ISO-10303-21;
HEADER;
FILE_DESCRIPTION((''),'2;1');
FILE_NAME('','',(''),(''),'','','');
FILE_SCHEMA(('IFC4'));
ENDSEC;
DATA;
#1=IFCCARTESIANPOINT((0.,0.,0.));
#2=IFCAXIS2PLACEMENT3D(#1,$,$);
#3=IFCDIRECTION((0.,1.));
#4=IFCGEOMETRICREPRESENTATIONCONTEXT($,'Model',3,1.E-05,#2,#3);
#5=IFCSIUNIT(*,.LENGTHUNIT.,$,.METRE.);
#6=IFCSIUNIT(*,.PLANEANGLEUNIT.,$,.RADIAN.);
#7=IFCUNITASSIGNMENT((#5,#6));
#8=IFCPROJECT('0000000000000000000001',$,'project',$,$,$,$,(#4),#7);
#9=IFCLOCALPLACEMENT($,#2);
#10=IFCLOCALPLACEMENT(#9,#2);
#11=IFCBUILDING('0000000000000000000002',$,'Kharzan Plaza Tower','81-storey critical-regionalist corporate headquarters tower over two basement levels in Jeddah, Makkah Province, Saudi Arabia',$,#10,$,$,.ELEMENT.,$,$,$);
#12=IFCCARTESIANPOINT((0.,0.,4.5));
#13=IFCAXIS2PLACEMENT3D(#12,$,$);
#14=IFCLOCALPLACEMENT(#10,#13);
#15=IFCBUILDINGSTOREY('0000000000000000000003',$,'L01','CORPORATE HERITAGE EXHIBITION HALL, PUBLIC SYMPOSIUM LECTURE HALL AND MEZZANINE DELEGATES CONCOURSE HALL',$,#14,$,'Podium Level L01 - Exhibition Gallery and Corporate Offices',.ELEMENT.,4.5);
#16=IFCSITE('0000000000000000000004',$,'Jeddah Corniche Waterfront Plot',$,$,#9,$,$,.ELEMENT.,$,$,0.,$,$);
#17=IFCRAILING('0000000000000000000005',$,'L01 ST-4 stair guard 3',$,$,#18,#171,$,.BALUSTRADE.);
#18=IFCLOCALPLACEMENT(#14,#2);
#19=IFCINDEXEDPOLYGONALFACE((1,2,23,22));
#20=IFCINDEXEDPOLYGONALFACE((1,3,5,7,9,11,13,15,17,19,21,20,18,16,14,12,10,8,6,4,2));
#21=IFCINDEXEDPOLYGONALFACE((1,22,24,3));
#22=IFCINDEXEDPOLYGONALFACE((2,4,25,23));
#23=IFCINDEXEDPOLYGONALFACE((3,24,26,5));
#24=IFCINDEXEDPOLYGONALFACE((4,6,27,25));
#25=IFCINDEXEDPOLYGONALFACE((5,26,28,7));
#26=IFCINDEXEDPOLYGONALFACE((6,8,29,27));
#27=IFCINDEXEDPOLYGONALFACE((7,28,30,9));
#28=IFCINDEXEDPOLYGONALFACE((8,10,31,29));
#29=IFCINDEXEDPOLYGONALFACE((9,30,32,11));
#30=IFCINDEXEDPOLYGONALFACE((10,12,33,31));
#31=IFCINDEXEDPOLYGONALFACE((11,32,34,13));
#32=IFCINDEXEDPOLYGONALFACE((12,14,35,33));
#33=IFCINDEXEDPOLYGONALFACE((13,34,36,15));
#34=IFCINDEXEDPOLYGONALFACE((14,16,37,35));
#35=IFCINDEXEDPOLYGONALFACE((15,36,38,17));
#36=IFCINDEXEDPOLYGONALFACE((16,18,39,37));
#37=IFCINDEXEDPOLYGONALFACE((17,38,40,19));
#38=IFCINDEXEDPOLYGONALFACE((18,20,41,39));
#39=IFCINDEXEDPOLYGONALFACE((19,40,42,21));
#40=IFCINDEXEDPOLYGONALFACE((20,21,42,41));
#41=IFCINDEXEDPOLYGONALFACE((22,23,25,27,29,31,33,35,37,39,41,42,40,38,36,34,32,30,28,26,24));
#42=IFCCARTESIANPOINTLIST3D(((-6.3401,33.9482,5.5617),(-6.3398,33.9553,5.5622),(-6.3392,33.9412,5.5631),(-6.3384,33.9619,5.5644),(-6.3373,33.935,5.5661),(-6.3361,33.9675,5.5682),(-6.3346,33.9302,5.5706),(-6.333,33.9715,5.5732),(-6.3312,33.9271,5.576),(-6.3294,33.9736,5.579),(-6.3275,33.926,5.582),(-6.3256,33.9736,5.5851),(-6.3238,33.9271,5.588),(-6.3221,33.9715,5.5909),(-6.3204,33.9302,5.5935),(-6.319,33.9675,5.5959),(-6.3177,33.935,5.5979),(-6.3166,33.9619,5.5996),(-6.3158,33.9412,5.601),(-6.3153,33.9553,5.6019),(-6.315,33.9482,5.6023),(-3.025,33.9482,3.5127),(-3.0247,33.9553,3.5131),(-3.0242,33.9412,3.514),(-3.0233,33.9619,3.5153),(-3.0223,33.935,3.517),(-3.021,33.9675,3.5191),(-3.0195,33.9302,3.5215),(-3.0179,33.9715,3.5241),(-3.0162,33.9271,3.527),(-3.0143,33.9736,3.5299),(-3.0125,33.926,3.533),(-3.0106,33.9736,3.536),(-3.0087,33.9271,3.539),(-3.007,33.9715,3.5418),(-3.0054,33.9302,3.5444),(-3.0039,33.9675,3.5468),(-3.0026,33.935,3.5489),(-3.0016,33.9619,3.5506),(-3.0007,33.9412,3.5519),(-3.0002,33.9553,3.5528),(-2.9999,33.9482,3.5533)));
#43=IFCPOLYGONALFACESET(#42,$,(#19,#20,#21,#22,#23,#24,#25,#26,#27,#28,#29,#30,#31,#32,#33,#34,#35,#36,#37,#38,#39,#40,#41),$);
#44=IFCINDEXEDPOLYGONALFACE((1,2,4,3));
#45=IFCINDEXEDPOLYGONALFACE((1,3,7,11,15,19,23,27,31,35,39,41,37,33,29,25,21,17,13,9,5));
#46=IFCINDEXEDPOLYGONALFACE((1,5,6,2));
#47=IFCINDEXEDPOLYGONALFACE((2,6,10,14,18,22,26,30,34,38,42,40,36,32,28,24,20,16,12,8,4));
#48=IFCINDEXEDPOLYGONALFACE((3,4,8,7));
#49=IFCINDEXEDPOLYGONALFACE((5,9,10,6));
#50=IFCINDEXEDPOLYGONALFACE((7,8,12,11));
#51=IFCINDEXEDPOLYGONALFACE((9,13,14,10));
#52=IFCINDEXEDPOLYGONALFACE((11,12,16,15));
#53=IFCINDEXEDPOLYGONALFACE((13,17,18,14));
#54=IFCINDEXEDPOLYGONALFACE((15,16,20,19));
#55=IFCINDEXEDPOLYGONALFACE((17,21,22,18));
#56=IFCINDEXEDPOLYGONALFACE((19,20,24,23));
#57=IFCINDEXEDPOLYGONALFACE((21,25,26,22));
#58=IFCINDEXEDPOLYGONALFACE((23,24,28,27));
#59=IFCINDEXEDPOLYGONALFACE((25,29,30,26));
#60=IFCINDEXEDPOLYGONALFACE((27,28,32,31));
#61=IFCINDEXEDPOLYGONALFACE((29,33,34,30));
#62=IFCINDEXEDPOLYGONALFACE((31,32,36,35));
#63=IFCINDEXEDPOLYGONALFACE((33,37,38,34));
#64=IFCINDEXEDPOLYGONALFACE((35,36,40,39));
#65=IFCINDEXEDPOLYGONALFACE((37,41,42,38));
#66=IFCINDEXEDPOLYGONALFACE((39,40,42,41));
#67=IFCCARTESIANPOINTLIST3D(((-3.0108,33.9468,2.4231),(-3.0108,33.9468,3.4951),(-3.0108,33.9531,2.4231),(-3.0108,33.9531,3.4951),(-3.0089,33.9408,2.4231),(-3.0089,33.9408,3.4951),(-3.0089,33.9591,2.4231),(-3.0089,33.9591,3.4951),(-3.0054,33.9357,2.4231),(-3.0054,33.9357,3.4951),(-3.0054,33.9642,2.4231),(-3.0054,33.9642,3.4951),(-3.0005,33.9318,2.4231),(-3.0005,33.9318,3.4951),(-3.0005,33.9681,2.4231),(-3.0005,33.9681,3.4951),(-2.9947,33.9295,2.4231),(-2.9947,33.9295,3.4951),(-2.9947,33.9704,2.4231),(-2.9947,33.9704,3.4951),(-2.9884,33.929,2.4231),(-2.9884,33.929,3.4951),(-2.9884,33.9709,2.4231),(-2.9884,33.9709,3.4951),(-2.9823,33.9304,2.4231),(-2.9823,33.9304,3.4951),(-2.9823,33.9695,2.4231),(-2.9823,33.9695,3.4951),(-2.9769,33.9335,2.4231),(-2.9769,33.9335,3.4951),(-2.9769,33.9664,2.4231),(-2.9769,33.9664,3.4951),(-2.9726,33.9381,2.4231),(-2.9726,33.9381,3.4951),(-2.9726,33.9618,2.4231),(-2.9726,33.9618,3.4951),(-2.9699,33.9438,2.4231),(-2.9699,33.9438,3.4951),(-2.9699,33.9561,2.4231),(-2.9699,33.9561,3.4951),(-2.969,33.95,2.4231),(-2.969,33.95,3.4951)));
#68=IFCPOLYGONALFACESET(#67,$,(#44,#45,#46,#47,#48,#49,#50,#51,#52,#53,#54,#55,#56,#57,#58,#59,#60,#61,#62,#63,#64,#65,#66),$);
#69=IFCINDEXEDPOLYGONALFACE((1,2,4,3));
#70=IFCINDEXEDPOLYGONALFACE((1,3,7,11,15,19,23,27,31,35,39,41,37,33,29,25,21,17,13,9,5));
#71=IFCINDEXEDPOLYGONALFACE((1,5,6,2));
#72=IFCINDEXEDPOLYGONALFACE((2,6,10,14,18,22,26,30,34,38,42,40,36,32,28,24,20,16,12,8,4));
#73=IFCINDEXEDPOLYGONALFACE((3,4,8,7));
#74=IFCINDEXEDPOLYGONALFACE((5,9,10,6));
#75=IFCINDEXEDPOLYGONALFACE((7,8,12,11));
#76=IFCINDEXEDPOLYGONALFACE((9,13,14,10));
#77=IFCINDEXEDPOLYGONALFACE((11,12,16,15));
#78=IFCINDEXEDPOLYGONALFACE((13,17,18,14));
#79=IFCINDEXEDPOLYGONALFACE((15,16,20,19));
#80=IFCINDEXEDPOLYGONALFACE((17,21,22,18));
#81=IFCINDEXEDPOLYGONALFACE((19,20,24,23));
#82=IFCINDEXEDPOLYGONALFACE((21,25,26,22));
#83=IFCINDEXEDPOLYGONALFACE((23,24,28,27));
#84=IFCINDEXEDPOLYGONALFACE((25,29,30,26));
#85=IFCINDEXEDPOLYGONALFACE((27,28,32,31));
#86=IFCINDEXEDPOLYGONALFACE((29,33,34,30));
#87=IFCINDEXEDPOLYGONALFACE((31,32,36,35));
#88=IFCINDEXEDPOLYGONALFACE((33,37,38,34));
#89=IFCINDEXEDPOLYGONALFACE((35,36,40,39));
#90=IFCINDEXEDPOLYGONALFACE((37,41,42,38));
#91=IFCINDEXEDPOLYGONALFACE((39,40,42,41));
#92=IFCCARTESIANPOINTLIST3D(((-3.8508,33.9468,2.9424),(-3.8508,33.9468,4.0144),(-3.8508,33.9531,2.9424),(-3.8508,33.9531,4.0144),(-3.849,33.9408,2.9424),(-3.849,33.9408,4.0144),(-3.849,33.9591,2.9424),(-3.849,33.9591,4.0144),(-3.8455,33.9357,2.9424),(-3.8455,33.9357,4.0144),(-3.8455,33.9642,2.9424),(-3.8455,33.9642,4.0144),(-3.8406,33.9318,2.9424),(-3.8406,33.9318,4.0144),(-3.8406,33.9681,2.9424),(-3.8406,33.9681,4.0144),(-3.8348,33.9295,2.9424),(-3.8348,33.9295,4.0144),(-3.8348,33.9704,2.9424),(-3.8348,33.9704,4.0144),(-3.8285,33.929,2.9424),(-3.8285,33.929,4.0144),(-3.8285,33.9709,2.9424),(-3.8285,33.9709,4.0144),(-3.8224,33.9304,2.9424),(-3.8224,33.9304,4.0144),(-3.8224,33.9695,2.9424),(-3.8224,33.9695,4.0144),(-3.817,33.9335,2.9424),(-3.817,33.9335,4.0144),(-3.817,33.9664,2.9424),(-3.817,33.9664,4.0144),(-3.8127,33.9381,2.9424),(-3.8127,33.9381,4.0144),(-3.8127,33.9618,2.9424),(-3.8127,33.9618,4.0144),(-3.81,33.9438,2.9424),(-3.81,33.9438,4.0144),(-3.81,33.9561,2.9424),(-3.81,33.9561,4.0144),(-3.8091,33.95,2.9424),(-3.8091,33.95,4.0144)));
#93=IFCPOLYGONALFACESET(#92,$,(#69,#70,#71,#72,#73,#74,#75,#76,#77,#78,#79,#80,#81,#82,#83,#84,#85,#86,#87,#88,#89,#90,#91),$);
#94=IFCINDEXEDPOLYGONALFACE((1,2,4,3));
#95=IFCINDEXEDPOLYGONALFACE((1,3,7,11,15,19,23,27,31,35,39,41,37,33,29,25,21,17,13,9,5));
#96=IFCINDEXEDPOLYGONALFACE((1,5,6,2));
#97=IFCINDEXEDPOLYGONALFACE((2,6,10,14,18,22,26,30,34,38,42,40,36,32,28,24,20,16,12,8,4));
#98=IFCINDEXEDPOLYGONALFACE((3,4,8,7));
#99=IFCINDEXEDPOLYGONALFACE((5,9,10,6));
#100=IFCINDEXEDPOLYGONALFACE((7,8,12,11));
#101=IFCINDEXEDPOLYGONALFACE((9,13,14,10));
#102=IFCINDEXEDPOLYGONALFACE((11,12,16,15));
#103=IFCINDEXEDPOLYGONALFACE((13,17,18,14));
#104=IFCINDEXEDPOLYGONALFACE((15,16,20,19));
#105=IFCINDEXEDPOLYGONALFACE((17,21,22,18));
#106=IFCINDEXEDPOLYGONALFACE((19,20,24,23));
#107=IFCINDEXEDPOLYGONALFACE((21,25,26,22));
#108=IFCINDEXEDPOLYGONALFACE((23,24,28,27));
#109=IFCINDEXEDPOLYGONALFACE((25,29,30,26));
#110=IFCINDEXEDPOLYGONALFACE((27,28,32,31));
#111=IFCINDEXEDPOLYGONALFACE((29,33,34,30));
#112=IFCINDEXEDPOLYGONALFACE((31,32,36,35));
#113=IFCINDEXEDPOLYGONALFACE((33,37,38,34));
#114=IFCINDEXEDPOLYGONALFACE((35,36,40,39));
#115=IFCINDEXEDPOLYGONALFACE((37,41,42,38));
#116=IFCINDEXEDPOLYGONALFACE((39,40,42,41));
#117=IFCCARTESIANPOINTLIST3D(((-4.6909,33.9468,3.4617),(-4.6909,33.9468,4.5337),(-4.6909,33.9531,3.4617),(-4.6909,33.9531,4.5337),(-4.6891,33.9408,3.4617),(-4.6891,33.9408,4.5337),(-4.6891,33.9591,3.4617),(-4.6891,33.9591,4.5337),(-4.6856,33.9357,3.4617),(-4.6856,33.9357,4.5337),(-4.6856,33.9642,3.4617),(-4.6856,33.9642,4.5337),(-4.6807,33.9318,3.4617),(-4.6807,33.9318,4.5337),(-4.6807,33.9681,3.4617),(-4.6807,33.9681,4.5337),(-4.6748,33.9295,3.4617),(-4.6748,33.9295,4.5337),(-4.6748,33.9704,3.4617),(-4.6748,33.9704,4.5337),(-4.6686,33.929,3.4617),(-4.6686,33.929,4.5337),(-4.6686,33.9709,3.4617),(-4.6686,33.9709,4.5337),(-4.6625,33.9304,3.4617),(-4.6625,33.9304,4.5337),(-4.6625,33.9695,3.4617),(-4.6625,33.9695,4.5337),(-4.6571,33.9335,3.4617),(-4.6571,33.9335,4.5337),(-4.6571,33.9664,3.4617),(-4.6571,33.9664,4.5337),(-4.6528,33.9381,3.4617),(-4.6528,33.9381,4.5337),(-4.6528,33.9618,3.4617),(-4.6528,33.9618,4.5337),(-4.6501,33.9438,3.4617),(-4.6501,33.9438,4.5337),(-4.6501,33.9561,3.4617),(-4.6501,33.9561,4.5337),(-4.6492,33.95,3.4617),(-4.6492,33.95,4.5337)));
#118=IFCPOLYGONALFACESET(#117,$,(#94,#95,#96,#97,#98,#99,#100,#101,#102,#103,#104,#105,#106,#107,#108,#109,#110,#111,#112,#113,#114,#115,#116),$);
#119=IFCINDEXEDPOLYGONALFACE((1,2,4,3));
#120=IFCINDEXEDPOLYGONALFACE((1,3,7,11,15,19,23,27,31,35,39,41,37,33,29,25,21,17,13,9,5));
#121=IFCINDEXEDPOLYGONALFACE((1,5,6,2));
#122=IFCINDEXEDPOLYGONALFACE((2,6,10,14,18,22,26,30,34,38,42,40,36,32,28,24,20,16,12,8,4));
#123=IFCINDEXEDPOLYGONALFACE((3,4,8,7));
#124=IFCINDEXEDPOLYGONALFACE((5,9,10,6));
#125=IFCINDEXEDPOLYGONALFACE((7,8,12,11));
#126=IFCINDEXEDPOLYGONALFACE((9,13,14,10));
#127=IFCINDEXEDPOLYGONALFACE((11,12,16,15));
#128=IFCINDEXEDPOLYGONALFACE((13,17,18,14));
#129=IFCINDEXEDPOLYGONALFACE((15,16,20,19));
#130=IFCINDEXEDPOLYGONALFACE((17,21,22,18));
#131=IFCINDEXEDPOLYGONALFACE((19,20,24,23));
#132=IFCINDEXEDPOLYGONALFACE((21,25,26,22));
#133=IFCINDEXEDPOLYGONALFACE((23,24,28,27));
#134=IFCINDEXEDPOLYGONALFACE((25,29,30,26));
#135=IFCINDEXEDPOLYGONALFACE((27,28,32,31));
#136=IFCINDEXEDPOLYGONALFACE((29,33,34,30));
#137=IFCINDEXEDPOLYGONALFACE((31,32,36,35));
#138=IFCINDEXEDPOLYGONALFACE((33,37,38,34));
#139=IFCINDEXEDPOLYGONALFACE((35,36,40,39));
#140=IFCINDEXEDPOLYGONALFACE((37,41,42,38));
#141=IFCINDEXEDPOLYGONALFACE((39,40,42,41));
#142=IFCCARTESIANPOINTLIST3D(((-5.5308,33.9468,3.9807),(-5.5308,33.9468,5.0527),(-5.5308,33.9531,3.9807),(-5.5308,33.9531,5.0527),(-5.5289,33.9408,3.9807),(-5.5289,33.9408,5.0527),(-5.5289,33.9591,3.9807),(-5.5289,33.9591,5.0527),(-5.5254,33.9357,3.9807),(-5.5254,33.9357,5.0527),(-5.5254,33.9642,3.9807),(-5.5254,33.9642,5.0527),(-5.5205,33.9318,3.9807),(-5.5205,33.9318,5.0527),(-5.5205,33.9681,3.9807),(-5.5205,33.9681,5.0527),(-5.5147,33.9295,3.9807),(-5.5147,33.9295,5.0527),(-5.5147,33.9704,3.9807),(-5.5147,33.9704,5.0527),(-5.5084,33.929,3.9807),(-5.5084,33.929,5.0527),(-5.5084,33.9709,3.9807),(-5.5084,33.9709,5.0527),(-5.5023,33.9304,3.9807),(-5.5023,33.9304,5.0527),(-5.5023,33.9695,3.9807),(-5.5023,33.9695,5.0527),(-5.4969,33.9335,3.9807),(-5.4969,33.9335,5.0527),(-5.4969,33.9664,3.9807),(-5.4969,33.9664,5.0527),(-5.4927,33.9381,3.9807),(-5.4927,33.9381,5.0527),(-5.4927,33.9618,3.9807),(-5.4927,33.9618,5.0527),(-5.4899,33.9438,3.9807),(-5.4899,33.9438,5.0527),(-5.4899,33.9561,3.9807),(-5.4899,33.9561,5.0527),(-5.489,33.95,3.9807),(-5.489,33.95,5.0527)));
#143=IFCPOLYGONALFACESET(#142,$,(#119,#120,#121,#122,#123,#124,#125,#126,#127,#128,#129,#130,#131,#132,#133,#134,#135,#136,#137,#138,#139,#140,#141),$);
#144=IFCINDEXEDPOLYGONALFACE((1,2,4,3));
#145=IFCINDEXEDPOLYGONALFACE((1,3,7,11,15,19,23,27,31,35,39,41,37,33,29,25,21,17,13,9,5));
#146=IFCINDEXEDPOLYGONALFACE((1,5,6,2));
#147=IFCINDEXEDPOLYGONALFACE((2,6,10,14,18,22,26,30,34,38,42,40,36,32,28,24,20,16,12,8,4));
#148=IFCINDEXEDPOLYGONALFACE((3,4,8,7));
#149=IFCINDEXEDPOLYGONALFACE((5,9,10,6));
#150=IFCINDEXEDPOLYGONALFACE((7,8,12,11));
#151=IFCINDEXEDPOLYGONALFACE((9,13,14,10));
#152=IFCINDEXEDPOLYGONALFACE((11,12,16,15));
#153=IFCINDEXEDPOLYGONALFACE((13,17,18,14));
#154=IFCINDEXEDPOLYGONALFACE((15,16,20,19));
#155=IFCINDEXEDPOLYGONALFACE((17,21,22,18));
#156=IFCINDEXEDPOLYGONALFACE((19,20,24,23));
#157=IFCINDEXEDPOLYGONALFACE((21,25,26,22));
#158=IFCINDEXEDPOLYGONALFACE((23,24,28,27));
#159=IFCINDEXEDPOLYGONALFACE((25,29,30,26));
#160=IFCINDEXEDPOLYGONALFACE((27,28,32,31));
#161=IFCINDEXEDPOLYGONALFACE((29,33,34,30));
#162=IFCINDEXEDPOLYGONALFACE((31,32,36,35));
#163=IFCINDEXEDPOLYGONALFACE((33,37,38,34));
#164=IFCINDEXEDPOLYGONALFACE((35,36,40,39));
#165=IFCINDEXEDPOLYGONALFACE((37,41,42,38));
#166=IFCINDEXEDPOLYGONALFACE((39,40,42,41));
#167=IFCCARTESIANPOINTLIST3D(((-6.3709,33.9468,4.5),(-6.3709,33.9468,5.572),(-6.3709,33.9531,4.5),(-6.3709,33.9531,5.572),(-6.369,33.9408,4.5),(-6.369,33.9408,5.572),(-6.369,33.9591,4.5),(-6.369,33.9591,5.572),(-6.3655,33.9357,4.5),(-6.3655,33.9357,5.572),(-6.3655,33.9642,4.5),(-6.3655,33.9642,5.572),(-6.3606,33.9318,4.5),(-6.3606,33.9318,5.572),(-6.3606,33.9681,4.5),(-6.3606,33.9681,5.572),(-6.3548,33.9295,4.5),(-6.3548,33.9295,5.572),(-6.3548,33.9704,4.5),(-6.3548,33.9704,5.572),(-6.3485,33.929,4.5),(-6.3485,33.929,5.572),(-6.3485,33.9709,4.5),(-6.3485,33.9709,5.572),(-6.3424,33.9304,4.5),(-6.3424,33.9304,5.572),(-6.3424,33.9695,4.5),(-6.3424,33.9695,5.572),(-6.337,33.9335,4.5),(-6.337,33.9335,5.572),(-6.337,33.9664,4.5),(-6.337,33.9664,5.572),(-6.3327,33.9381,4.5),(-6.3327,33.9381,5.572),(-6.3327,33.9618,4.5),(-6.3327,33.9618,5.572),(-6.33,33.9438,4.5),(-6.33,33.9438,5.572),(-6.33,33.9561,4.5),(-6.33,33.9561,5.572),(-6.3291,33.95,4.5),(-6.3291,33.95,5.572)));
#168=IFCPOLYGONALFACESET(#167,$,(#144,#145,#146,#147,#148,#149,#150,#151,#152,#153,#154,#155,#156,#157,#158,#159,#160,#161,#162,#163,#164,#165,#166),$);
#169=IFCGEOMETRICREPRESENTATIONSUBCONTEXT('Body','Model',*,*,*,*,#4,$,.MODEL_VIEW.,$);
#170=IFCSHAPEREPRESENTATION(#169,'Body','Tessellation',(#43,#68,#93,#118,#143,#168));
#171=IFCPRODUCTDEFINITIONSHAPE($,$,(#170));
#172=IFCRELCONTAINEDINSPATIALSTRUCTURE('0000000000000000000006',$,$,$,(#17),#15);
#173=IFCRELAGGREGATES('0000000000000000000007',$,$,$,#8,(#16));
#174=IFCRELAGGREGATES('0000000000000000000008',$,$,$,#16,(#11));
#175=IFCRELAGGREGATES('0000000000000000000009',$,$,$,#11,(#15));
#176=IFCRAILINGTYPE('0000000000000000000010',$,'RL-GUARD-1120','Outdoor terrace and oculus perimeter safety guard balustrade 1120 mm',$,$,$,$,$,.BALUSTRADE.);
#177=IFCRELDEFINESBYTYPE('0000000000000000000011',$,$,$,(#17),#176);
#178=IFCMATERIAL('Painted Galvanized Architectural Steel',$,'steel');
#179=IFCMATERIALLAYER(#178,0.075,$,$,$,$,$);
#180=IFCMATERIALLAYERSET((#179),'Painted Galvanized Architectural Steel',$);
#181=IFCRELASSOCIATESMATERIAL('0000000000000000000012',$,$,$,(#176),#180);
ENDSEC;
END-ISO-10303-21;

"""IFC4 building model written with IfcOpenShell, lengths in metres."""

from ifc_helpers import new_model, si_unit, direction, frame, origin, origin_2d, place, context, subcontext, project, spatial, circle, extrude, source, transform, mapped, material, layer, layer_set, type_object, element, save


model = new_model("IFC4")

# Units and contexts
model_context = context("Model", 3, precision=1e-05, world=origin(), true_north=direction((0.0, 1.0)))
body_context = subcontext(model_context, "Body", "Model", "MODEL_VIEW")
ifc_project = project(units=[si_unit("LENGTHUNIT", "METRE"), si_unit("PLANEANGLEUNIT", "RADIAN")], contexts=[model_context])

# Site, building, storey
site_placement = place(None, origin())
site = spatial("IfcSite", under=ifc_project, at=site_placement, Name="Jeddah Corniche Waterfront Plot", CompositionType="ELEMENT", RefElevation=0.0)
building_placement = place(site_placement, origin())
building = spatial("IfcBuilding", under=site, at=building_placement, Name="Kharzan Plaza Tower", Description="81-storey critical-regionalist corporate headquarters tower over two basement levels in Jeddah, Makkah Province, Saudi Arabia", CompositionType="ELEMENT")
storey_placement = place(building_placement, frame((0.0, 0.0, 4.5)))
storey = spatial("IfcBuildingStorey", under=building, at=storey_placement, Name="L01", Description="CORPORATE HERITAGE EXHIBITION HALL, PUBLIC SYMPOSIUM LECTURE HALL AND MEZZANINE DELEGATES CONCOURSE HALL", LongName="Podium Level L01 - Exhibition Gallery and Corporate Offices", CompositionType="ELEMENT", Elevation=4.5)

# Railing
ifc_material_1 = material(Name="Painted Galvanized Architectural Steel", Category="steel")
ifc_layer_1 = layer(ifc_material_1, 0.075)
ifc_layer_set_1 = layer_set([ifc_layer_1], Name="Painted Galvanized Architectural Steel")
railing_type_1 = type_object("IfcRailingType", Name="RL-GUARD-1120", Description="Outdoor terrace and oculus perimeter safety guard balustrade 1120 mm", PredefinedType="BALUSTRADE", material=ifc_layer_set_1)
shared_shape_1 = source(origin(), body_context, "Body", "SweptSolid", [
    extrude(circle(Radius=0.0239, at=origin_2d()), frame((-0.0225, 0.0, 1.1099), z_axis=(-0.850623, 0.0, 0.525776), x_axis=(0.0, -1.0, 0.0)), (0.0, 0.0, 1.0), 3.8972),
    extrude(circle(Radius=0.021, at=origin_2d()), origin(), (0.0, 0.0, 1.0), 1.072),
    extrude(circle(Radius=0.021, at=origin_2d()), frame((-0.8401, 0.0, 0.5193)), (0.0, 0.0, 1.0), 1.072),
    extrude(circle(Radius=0.021, at=origin_2d()), frame((-1.6802, 0.0, 1.0386)), (0.0, 0.0, 1.0), 1.072),
    extrude(circle(Radius=0.021, at=origin_2d()), frame((-2.52, 0.0, 1.5576)), (0.0, 0.0, 1.0), 1.072),
    extrude(circle(Radius=0.021, at=origin_2d()), frame((-3.3601, 0.0, 2.0769)), (0.0, 0.0, 1.0), 1.072),
])
railing_1_placement = place(storey_placement, frame((-2.99, 33.95, 2.4231)))
element("IfcRailing", 1, at=railing_1_placement, inside=storey, type_object=railing_type_1, Name="L01 ST-4 stair guard 3", PredefinedType="BALUSTRADE", context=body_context, shape_type="MappedRepresentation", body=[
    mapped(shared_shape_1, transform((0.0, 0.0, 0.0), x_axis=(1.0, 0.0, 0.0), y_axis=(0.0, 1.0, 0.0), z_axis=(0.0, 0.0, 1.0))),
])

save(model, "model.ifc")
